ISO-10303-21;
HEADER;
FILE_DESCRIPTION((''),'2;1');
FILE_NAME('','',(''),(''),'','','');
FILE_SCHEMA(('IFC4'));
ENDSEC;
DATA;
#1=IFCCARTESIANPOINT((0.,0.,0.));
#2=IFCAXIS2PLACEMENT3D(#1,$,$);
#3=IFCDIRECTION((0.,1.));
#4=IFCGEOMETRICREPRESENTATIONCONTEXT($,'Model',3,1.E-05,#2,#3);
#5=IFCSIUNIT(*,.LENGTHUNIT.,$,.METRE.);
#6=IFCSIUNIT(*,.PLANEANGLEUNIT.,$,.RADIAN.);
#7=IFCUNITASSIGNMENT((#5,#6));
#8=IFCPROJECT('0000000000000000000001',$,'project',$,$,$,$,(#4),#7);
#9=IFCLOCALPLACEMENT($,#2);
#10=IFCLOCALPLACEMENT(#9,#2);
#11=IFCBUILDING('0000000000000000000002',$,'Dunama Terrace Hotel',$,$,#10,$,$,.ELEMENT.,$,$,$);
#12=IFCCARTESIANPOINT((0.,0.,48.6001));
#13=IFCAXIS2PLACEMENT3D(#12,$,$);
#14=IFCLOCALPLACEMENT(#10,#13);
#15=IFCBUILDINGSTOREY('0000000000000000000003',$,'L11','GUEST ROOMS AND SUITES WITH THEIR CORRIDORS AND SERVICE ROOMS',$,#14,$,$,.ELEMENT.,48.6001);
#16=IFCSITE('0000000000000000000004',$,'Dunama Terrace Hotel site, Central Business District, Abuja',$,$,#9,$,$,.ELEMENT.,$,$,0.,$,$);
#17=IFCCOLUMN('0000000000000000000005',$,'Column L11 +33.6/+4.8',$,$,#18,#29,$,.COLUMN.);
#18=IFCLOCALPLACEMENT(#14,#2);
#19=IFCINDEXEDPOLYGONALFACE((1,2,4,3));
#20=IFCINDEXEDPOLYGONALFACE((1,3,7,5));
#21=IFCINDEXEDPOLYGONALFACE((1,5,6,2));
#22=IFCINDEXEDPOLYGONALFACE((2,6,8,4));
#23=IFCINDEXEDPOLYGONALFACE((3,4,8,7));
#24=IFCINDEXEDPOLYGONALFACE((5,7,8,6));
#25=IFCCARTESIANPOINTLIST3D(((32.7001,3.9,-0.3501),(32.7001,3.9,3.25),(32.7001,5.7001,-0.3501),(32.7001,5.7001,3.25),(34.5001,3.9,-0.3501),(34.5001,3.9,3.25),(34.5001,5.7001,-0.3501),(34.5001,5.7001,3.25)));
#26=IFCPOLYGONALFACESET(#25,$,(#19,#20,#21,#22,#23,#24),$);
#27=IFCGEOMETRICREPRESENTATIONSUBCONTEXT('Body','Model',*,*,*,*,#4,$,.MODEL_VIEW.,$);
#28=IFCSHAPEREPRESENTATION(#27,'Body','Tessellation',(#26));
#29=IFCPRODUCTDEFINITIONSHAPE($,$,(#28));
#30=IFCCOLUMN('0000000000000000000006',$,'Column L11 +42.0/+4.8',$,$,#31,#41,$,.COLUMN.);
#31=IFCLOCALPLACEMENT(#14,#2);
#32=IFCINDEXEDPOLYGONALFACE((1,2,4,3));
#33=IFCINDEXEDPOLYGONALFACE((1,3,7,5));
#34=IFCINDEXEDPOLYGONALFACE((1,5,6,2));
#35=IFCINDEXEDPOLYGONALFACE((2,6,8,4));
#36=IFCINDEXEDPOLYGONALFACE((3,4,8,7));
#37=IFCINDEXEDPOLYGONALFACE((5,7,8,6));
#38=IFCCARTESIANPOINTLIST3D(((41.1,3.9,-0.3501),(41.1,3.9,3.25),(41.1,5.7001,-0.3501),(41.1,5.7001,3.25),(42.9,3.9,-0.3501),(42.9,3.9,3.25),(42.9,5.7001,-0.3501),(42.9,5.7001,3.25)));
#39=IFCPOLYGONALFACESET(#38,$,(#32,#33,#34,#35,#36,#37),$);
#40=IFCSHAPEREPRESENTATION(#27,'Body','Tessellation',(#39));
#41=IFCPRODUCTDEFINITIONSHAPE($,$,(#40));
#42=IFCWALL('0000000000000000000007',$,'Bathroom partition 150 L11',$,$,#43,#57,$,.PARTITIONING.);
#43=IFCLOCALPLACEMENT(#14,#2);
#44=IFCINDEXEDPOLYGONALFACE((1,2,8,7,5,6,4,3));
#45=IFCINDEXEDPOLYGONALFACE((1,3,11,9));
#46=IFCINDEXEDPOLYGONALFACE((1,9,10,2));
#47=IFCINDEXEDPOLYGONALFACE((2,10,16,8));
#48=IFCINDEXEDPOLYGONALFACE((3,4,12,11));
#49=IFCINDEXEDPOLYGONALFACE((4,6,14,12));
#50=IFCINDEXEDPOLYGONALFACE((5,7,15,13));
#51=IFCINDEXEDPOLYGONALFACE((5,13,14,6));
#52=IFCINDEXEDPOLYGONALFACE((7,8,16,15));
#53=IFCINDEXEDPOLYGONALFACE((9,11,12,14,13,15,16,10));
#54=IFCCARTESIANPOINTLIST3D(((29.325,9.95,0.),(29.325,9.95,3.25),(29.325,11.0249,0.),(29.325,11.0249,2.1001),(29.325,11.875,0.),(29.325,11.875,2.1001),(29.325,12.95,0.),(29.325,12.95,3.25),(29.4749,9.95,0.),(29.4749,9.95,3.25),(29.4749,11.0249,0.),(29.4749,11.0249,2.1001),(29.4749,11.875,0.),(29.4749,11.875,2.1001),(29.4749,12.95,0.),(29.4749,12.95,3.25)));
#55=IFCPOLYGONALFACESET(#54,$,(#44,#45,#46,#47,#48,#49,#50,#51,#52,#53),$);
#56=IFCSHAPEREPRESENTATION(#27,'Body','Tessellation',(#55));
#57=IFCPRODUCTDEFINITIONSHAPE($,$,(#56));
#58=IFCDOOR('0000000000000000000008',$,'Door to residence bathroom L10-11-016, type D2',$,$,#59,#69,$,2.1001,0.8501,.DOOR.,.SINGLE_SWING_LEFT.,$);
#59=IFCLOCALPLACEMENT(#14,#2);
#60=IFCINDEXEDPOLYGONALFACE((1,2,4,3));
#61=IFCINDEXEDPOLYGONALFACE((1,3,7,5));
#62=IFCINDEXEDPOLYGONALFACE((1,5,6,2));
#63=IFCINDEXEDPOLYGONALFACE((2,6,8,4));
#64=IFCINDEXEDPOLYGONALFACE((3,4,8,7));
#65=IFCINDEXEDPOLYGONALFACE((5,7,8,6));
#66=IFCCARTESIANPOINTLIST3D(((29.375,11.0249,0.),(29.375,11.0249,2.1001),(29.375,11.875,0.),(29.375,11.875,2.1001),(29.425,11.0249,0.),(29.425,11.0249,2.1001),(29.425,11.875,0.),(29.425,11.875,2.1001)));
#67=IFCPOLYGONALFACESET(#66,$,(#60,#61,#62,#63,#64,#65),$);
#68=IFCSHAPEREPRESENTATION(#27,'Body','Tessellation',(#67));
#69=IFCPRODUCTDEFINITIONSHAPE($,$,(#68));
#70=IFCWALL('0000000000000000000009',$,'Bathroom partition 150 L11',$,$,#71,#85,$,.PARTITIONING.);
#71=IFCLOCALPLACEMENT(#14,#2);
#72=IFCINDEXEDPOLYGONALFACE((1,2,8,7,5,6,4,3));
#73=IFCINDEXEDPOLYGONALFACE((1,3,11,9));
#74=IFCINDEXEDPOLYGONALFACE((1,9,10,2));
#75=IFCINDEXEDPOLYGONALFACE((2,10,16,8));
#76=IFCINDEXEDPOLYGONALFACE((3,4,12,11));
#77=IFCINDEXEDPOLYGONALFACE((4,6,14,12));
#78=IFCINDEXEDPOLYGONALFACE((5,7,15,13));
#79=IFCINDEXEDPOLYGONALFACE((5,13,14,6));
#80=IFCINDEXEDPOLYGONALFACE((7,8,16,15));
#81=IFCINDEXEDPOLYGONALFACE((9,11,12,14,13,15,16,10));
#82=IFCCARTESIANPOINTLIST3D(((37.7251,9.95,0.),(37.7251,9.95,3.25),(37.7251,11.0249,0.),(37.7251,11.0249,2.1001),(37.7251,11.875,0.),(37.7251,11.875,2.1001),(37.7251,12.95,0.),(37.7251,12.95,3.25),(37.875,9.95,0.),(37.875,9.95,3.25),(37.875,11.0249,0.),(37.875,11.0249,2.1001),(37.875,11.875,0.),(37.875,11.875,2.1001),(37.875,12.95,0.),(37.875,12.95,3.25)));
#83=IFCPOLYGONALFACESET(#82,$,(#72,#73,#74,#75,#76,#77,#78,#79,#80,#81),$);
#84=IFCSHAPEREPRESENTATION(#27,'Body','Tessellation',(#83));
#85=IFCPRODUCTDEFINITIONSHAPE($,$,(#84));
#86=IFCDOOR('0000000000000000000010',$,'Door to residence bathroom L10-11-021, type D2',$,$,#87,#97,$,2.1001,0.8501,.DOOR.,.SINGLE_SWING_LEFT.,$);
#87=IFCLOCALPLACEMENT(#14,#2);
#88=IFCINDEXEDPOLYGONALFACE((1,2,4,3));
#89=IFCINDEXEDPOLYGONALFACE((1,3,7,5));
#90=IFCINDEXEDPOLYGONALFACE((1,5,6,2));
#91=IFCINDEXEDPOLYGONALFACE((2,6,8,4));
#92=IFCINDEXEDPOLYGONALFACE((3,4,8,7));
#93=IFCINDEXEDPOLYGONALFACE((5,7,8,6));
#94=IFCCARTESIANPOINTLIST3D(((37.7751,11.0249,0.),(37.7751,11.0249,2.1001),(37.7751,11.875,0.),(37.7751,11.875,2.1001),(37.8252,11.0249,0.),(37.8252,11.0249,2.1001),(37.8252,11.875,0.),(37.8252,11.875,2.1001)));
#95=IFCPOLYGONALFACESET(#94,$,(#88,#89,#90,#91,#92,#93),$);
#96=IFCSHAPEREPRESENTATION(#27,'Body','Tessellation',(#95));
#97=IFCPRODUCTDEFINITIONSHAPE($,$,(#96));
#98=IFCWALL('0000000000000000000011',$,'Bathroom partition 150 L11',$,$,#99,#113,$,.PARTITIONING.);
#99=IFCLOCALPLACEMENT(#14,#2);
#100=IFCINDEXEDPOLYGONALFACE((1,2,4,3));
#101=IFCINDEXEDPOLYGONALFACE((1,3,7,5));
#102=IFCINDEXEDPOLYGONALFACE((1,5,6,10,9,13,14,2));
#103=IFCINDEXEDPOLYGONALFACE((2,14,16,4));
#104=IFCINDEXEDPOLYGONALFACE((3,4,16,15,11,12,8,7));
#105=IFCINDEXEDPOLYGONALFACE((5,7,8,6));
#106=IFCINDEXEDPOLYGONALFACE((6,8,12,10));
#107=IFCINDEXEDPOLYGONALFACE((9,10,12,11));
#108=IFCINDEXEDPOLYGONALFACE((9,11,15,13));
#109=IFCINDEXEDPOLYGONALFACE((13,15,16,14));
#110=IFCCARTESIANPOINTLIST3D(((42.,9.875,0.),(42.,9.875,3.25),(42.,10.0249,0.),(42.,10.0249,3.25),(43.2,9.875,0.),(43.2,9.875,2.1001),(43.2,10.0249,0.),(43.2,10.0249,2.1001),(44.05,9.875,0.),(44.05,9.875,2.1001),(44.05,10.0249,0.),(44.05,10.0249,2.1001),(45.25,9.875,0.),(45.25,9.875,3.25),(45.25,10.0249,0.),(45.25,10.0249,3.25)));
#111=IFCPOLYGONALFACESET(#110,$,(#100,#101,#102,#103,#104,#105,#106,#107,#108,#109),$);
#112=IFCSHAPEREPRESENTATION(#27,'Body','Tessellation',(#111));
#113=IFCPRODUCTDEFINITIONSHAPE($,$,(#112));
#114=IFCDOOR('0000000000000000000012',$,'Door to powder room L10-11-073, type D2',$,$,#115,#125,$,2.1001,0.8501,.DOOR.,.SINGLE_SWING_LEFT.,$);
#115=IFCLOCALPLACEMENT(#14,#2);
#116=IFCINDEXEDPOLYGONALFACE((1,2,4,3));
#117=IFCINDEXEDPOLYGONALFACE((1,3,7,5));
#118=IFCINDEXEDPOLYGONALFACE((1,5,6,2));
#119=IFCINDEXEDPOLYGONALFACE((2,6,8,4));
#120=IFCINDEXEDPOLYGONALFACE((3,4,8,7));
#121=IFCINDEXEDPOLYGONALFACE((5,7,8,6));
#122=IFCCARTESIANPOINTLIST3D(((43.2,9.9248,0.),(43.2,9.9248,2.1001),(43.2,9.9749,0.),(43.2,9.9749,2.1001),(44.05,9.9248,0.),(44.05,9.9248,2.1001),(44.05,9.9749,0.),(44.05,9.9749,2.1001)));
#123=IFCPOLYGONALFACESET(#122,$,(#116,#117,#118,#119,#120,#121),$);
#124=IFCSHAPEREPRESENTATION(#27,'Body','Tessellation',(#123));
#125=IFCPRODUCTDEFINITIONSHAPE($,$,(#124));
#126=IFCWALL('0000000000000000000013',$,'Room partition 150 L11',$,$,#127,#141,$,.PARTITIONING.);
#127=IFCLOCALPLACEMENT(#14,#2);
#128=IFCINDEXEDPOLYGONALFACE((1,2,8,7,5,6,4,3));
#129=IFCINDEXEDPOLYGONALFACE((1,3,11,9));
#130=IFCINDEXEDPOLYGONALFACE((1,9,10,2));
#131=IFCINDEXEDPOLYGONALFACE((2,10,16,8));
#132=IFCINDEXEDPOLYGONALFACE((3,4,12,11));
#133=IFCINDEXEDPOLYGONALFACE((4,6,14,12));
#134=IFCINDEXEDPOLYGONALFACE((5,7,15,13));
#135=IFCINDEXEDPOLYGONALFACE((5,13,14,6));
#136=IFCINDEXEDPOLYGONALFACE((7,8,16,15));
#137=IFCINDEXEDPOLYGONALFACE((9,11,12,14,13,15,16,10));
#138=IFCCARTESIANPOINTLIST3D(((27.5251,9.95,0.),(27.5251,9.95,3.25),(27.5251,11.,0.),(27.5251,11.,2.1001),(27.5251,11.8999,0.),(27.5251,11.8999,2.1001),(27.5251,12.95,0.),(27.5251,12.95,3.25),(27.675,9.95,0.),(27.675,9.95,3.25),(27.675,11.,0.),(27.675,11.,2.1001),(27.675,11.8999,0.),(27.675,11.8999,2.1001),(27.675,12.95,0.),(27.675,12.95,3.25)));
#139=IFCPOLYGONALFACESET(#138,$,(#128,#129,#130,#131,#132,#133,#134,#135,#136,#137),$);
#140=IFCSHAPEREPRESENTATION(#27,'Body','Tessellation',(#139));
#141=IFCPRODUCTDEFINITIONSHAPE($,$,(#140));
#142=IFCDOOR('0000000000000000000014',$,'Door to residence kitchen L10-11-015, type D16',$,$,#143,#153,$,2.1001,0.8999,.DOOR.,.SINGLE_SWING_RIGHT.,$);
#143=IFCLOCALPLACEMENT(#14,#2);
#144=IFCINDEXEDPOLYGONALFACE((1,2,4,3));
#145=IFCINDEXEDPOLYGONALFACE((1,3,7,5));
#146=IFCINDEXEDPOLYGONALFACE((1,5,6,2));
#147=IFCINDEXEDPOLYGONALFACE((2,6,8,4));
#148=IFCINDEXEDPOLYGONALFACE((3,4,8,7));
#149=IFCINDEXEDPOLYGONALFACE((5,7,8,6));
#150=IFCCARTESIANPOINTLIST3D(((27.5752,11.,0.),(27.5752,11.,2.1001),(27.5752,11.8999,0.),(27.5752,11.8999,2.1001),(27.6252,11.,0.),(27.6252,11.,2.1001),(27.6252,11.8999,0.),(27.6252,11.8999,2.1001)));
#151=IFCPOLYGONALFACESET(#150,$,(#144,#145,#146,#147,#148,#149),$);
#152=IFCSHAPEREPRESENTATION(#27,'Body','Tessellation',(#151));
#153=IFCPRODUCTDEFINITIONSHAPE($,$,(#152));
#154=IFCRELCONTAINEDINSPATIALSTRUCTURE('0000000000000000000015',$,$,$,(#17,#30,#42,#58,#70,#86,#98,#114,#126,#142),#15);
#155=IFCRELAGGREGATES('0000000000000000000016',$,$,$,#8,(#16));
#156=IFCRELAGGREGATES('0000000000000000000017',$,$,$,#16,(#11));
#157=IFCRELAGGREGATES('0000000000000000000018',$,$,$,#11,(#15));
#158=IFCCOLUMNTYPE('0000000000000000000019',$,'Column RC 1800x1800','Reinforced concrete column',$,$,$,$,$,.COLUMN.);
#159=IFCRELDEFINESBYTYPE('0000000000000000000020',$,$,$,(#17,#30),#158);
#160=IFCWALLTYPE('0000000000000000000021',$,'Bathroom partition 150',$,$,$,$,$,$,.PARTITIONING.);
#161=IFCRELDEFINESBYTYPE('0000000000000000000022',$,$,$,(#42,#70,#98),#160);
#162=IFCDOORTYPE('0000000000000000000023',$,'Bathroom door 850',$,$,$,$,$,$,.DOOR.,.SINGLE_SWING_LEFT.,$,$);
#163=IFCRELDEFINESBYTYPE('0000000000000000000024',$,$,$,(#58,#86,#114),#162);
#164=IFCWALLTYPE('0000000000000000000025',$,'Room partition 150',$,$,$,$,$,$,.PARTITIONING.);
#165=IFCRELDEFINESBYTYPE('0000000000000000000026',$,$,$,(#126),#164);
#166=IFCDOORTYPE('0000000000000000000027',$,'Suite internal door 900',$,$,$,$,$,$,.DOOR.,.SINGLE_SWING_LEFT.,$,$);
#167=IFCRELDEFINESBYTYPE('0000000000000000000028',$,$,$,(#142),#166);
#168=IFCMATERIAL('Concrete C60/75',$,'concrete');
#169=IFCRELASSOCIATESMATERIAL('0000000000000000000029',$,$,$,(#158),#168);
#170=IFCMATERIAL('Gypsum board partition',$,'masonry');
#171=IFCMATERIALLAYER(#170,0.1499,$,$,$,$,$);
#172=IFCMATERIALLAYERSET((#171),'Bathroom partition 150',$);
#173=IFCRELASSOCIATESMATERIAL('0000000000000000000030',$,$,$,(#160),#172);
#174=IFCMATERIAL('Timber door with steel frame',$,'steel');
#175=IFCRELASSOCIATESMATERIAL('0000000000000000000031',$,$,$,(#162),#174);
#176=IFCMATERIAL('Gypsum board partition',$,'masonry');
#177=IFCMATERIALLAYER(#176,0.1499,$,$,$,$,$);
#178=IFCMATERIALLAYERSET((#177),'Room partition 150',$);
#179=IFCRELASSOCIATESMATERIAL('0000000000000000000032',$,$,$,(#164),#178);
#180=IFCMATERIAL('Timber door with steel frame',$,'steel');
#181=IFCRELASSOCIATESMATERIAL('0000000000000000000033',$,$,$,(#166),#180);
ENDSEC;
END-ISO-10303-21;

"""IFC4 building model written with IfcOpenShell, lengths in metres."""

from ifc_helpers import new_model, si_unit, direction, frame, frame_2d, origin, origin_2d, place, context, subcontext, project, spatial, rectangle, extrude, material, layer, layer_set, material_profile, profile_set, type_object, element, fill, save


model = new_model("IFC4")

# Units and contexts
model_context = context("Model", 3, precision=1e-05, world=origin(), true_north=direction((0.0, 1.0)))
body_context = subcontext(model_context, "Body", "Model", "MODEL_VIEW")
ifc_project = project(units=[si_unit("LENGTHUNIT", "METRE"), si_unit("PLANEANGLEUNIT", "RADIAN")], contexts=[model_context])

# Site, building, storey
site_placement = place(None, origin())
site = spatial("IfcSite", under=ifc_project, at=site_placement, Name="Dunama Terrace Hotel site, Central Business District, Abuja", CompositionType="ELEMENT", RefElevation=0.0)
building_placement = place(site_placement, origin())
building = spatial("IfcBuilding", under=site, at=building_placement, Name="Dunama Terrace Hotel", CompositionType="ELEMENT")
storey_placement = place(building_placement, frame((0.0, 0.0, 48.6001)))
storey = spatial("IfcBuildingStorey", under=building, at=storey_placement, Name="L11", Description="GUEST ROOMS AND SUITES WITH THEIR CORRIDORS AND SERVICE ROOMS", CompositionType="ELEMENT", Elevation=48.6001)

# Columns
ifc_material_1 = material(Name="Concrete C60/75", Category="concrete")
ifc_material_profile = material_profile(ifc_material_1, rectangle(XDim=1.8, YDim=1.8, at=origin_2d()), Name="RC 1800x1800")
ifc_profile_set = profile_set([ifc_material_profile], Name="Concrete C60/75")
column_type = type_object("IfcColumnType", Name="Column RC 1800x1800", Description="Reinforced concrete column", PredefinedType="COLUMN", material=ifc_profile_set)
for number, where, z_axis, x_axis, name in (
    (1, (33.6001, 4.8, -0.3501), (0.0, 0.0, 1.0), (1.0, 0.0, 0.0), "Column L11 +33.6/+4.8"),
    (2, (42.0, 4.8, -0.3501), (0.0, 0.0, 1.0), (1.0, 0.0, 0.0), "Column L11 +42.0/+4.8"),
):
    element("IfcColumn", number, at=place(storey_placement, frame(where, z_axis=z_axis, x_axis=x_axis)), inside=storey, type_object=column_type, Name=name, PredefinedType="COLUMN", context=body_context, shape_type="SweptSolid", body=[
        extrude(rectangle(XDim=1.8, YDim=1.8, at=origin_2d()), origin(), (0.0, 0.0, 1.0), 3.6001),
    ])

# Walls, openings, doors
ifc_material_2 = material(Name="Gypsum board partition", Category="masonry")
ifc_layer_1 = layer(ifc_material_2, 0.1499)
ifc_layer_set_1 = layer_set([ifc_layer_1], Name="Bathroom partition 150")
wall_type_1 = type_object("IfcWallType", Name="Bathroom partition 150", PredefinedType="PARTITIONING", material=ifc_layer_set_1)
wall_1_placement = place(storey_placement, frame((29.3999, 9.95, 0.0), z_axis=(0.0, 0.0, 1.0), x_axis=(0.0, 1.0, 0.0)))
wall_1 = element("IfcWall", 3, at=wall_1_placement, inside=storey, type_object=wall_type_1, Name="Bathroom partition 150 L11", PredefinedType="PARTITIONING", context=body_context, shape_type="SweptSolid", body=[
    extrude(rectangle(XDim=3.0, YDim=0.1499, at=frame_2d((1.5, 0.0))), origin(), (0.0, 0.0, 1.0), 3.25),
])
opening_1_placement = place(wall_1_placement, frame((1.075, 0.0, 0.0)))
opening_1 = element("IfcOpeningElement", 4, at=opening_1_placement, cuts=wall_1, PredefinedType="OPENING", context=body_context, shape_type="SweptSolid", body=[
    extrude(rectangle(XDim=0.8501, YDim=2.1001, at=frame_2d((0.425, 1.05))), frame((0.0, 0.085, 0.0), z_axis=(0.0, -1.0, 0.0), x_axis=(1.0, 0.0, 0.0)), (0.0, 0.0, 1.0), 0.1699),
])
ifc_material_3 = material(Name="Timber door with steel frame", Category="steel")
door_type_1 = type_object("IfcDoorType", Name="Bathroom door 850", OperationType="SINGLE_SWING_LEFT", PredefinedType="DOOR", material=ifc_material_3)
door_1_placement = place(opening_1_placement, frame((0.8501, 0.0, 0.0), z_axis=(0.0, 0.0, 1.0), x_axis=(-1.0, 0.0, 0.0)))
door_1 = element("IfcDoor", 5, at=door_1_placement, inside=storey, type_object=door_type_1, Name="Door to residence bathroom L10-11-016, type D2", OperationType="SINGLE_SWING_LEFT", OverallHeight=2.1001, OverallWidth=0.8501, PredefinedType="DOOR", context=body_context, shape_type="SweptSolid", body=[
    extrude(rectangle(XDim=0.8501, YDim=2.1001, at=frame_2d((0.425, 1.05))), frame((0.0, 0.0251, 0.0), z_axis=(0.0, -1.0, 0.0), x_axis=(1.0, 0.0, 0.0)), (0.0, 0.0, 1.0), 0.05),
])
fill(opening_1, door_1)
wall_2_placement = place(storey_placement, frame((37.8, 9.95, 0.0), z_axis=(0.0, 0.0, 1.0), x_axis=(0.0, 1.0, 0.0)))
wall_2 = element("IfcWall", 6, at=wall_2_placement, inside=storey, type_object=wall_type_1, Name="Bathroom partition 150 L11", PredefinedType="PARTITIONING", context=body_context, shape_type="SweptSolid", body=[
    extrude(rectangle(XDim=3.0, YDim=0.1499, at=frame_2d((1.5, 0.0))), origin(), (0.0, 0.0, 1.0), 3.25),
])
opening_2_placement = place(wall_2_placement, frame((1.075, 0.0, 0.0)))
opening_2 = element("IfcOpeningElement", 7, at=opening_2_placement, cuts=wall_2, PredefinedType="OPENING", context=body_context, shape_type="SweptSolid", body=[
    extrude(rectangle(XDim=0.8501, YDim=2.1001, at=frame_2d((0.425, 1.05))), frame((0.0, 0.085, 0.0), z_axis=(0.0, -1.0, 0.0), x_axis=(1.0, 0.0, 0.0)), (0.0, 0.0, 1.0), 0.1699),
])
door_2_placement = place(opening_2_placement, frame((0.8501, 0.0, 0.0), z_axis=(0.0, 0.0, 1.0), x_axis=(-1.0, 0.0, 0.0)))
door_2 = element("IfcDoor", 8, at=door_2_placement, inside=storey, type_object=door_type_1, Name="Door to residence bathroom L10-11-021, type D2", OperationType="SINGLE_SWING_LEFT", OverallHeight=2.1001, OverallWidth=0.8501, PredefinedType="DOOR", context=body_context, shape_type="SweptSolid", body=[
    extrude(rectangle(XDim=0.8501, YDim=2.1001, at=frame_2d((0.425, 1.05))), frame((0.0, 0.0251, 0.0), z_axis=(0.0, -1.0, 0.0), x_axis=(1.0, 0.0, 0.0)), (0.0, 0.0, 1.0), 0.05),
])
fill(opening_2, door_2)
wall_3_placement = place(storey_placement, frame((42.0, 9.95, 0.0), z_axis=(0.0, 0.0, 1.0), x_axis=(1.0, 0.0, 0.0)))
wall_3 = element("IfcWall", 9, at=wall_3_placement, inside=storey, type_object=wall_type_1, Name="Bathroom partition 150 L11", PredefinedType="PARTITIONING", context=body_context, shape_type="SweptSolid", body=[
    extrude(rectangle(XDim=3.25, YDim=0.1499, at=frame_2d((1.625, 0.0))), origin(), (0.0, 0.0, 1.0), 3.25),
])
opening_3_placement = place(wall_3_placement, frame((1.2, 0.0, 0.0)))
opening_3 = element("IfcOpeningElement", 10, at=opening_3_placement, cuts=wall_3, PredefinedType="OPENING", context=body_context, shape_type="SweptSolid", body=[
    extrude(rectangle(XDim=0.8501, YDim=2.1001, at=frame_2d((0.425, 1.05))), frame((0.0, 0.085, 0.0), z_axis=(0.0, -1.0, 0.0), x_axis=(1.0, 0.0, 0.0)), (0.0, 0.0, 1.0), 0.1699),
])
door_3_placement = place(opening_3_placement, origin())
door_3 = element("IfcDoor", 11, at=door_3_placement, inside=storey, type_object=door_type_1, Name="Door to powder room L10-11-073, type D2", OperationType="SINGLE_SWING_LEFT", OverallHeight=2.1001, OverallWidth=0.8501, PredefinedType="DOOR", context=body_context, shape_type="SweptSolid", body=[
    extrude(rectangle(XDim=0.8501, YDim=2.1001, at=frame_2d((0.425, 1.05))), frame((0.0, 0.0249, 0.0), z_axis=(0.0, -1.0, 0.0), x_axis=(1.0, 0.0, 0.0)), (0.0, 0.0, 1.0), 0.05),
])
fill(opening_3, door_3)
ifc_material_4 = material(Name="Gypsum board partition", Category="masonry")
ifc_layer_2 = layer(ifc_material_4, 0.1499)
ifc_layer_set_2 = layer_set([ifc_layer_2], Name="Room partition 150")
wall_type_2 = type_object("IfcWallType", Name="Room partition 150", PredefinedType="PARTITIONING", material=ifc_layer_set_2)
wall_4_placement = place(storey_placement, frame((27.6001, 9.95, 0.0), z_axis=(0.0, 0.0, 1.0), x_axis=(0.0, 1.0, 0.0)))
wall_4 = element("IfcWall", 12, at=wall_4_placement, inside=storey, type_object=wall_type_2, Name="Room partition 150 L11", PredefinedType="PARTITIONING", context=body_context, shape_type="SweptSolid", body=[
    extrude(rectangle(XDim=3.0, YDim=0.1499, at=frame_2d((1.5, 0.0))), origin(), (0.0, 0.0, 1.0), 3.25),
])
opening_4_placement = place(wall_4_placement, frame((1.05, 0.0, 0.0)))
opening_4 = element("IfcOpeningElement", 13, at=opening_4_placement, cuts=wall_4, PredefinedType="OPENING", context=body_context, shape_type="SweptSolid", body=[
    extrude(rectangle(XDim=0.8999, YDim=2.1001, at=frame_2d((0.45, 1.05))), frame((0.0, 0.085, 0.0), z_axis=(0.0, -1.0, 0.0), x_axis=(1.0, 0.0, 0.0)), (0.0, 0.0, 1.0), 0.1699),
])
ifc_material_5 = material(Name="Timber door with steel frame", Category="steel")
door_type_2 = type_object("IfcDoorType", Name="Suite internal door 900", OperationType="SINGLE_SWING_LEFT", PredefinedType="DOOR", material=ifc_material_5)
door_4_placement = place(opening_4_placement, origin())
door_4 = element("IfcDoor", 14, at=door_4_placement, inside=storey, type_object=door_type_2, Name="Door to residence kitchen L10-11-015, type D16", OperationType="SINGLE_SWING_RIGHT", OverallHeight=2.1001, OverallWidth=0.8999, PredefinedType="DOOR", context=body_context, shape_type="SweptSolid", body=[
    extrude(rectangle(XDim=0.8999, YDim=2.1001, at=frame_2d((0.45, 1.05))), frame((0.0, 0.0249, 0.0), z_axis=(0.0, -1.0, 0.0), x_axis=(1.0, 0.0, 0.0)), (0.0, 0.0, 1.0), 0.05),
])
fill(opening_4, door_4)

save(model, "model.ifc")
